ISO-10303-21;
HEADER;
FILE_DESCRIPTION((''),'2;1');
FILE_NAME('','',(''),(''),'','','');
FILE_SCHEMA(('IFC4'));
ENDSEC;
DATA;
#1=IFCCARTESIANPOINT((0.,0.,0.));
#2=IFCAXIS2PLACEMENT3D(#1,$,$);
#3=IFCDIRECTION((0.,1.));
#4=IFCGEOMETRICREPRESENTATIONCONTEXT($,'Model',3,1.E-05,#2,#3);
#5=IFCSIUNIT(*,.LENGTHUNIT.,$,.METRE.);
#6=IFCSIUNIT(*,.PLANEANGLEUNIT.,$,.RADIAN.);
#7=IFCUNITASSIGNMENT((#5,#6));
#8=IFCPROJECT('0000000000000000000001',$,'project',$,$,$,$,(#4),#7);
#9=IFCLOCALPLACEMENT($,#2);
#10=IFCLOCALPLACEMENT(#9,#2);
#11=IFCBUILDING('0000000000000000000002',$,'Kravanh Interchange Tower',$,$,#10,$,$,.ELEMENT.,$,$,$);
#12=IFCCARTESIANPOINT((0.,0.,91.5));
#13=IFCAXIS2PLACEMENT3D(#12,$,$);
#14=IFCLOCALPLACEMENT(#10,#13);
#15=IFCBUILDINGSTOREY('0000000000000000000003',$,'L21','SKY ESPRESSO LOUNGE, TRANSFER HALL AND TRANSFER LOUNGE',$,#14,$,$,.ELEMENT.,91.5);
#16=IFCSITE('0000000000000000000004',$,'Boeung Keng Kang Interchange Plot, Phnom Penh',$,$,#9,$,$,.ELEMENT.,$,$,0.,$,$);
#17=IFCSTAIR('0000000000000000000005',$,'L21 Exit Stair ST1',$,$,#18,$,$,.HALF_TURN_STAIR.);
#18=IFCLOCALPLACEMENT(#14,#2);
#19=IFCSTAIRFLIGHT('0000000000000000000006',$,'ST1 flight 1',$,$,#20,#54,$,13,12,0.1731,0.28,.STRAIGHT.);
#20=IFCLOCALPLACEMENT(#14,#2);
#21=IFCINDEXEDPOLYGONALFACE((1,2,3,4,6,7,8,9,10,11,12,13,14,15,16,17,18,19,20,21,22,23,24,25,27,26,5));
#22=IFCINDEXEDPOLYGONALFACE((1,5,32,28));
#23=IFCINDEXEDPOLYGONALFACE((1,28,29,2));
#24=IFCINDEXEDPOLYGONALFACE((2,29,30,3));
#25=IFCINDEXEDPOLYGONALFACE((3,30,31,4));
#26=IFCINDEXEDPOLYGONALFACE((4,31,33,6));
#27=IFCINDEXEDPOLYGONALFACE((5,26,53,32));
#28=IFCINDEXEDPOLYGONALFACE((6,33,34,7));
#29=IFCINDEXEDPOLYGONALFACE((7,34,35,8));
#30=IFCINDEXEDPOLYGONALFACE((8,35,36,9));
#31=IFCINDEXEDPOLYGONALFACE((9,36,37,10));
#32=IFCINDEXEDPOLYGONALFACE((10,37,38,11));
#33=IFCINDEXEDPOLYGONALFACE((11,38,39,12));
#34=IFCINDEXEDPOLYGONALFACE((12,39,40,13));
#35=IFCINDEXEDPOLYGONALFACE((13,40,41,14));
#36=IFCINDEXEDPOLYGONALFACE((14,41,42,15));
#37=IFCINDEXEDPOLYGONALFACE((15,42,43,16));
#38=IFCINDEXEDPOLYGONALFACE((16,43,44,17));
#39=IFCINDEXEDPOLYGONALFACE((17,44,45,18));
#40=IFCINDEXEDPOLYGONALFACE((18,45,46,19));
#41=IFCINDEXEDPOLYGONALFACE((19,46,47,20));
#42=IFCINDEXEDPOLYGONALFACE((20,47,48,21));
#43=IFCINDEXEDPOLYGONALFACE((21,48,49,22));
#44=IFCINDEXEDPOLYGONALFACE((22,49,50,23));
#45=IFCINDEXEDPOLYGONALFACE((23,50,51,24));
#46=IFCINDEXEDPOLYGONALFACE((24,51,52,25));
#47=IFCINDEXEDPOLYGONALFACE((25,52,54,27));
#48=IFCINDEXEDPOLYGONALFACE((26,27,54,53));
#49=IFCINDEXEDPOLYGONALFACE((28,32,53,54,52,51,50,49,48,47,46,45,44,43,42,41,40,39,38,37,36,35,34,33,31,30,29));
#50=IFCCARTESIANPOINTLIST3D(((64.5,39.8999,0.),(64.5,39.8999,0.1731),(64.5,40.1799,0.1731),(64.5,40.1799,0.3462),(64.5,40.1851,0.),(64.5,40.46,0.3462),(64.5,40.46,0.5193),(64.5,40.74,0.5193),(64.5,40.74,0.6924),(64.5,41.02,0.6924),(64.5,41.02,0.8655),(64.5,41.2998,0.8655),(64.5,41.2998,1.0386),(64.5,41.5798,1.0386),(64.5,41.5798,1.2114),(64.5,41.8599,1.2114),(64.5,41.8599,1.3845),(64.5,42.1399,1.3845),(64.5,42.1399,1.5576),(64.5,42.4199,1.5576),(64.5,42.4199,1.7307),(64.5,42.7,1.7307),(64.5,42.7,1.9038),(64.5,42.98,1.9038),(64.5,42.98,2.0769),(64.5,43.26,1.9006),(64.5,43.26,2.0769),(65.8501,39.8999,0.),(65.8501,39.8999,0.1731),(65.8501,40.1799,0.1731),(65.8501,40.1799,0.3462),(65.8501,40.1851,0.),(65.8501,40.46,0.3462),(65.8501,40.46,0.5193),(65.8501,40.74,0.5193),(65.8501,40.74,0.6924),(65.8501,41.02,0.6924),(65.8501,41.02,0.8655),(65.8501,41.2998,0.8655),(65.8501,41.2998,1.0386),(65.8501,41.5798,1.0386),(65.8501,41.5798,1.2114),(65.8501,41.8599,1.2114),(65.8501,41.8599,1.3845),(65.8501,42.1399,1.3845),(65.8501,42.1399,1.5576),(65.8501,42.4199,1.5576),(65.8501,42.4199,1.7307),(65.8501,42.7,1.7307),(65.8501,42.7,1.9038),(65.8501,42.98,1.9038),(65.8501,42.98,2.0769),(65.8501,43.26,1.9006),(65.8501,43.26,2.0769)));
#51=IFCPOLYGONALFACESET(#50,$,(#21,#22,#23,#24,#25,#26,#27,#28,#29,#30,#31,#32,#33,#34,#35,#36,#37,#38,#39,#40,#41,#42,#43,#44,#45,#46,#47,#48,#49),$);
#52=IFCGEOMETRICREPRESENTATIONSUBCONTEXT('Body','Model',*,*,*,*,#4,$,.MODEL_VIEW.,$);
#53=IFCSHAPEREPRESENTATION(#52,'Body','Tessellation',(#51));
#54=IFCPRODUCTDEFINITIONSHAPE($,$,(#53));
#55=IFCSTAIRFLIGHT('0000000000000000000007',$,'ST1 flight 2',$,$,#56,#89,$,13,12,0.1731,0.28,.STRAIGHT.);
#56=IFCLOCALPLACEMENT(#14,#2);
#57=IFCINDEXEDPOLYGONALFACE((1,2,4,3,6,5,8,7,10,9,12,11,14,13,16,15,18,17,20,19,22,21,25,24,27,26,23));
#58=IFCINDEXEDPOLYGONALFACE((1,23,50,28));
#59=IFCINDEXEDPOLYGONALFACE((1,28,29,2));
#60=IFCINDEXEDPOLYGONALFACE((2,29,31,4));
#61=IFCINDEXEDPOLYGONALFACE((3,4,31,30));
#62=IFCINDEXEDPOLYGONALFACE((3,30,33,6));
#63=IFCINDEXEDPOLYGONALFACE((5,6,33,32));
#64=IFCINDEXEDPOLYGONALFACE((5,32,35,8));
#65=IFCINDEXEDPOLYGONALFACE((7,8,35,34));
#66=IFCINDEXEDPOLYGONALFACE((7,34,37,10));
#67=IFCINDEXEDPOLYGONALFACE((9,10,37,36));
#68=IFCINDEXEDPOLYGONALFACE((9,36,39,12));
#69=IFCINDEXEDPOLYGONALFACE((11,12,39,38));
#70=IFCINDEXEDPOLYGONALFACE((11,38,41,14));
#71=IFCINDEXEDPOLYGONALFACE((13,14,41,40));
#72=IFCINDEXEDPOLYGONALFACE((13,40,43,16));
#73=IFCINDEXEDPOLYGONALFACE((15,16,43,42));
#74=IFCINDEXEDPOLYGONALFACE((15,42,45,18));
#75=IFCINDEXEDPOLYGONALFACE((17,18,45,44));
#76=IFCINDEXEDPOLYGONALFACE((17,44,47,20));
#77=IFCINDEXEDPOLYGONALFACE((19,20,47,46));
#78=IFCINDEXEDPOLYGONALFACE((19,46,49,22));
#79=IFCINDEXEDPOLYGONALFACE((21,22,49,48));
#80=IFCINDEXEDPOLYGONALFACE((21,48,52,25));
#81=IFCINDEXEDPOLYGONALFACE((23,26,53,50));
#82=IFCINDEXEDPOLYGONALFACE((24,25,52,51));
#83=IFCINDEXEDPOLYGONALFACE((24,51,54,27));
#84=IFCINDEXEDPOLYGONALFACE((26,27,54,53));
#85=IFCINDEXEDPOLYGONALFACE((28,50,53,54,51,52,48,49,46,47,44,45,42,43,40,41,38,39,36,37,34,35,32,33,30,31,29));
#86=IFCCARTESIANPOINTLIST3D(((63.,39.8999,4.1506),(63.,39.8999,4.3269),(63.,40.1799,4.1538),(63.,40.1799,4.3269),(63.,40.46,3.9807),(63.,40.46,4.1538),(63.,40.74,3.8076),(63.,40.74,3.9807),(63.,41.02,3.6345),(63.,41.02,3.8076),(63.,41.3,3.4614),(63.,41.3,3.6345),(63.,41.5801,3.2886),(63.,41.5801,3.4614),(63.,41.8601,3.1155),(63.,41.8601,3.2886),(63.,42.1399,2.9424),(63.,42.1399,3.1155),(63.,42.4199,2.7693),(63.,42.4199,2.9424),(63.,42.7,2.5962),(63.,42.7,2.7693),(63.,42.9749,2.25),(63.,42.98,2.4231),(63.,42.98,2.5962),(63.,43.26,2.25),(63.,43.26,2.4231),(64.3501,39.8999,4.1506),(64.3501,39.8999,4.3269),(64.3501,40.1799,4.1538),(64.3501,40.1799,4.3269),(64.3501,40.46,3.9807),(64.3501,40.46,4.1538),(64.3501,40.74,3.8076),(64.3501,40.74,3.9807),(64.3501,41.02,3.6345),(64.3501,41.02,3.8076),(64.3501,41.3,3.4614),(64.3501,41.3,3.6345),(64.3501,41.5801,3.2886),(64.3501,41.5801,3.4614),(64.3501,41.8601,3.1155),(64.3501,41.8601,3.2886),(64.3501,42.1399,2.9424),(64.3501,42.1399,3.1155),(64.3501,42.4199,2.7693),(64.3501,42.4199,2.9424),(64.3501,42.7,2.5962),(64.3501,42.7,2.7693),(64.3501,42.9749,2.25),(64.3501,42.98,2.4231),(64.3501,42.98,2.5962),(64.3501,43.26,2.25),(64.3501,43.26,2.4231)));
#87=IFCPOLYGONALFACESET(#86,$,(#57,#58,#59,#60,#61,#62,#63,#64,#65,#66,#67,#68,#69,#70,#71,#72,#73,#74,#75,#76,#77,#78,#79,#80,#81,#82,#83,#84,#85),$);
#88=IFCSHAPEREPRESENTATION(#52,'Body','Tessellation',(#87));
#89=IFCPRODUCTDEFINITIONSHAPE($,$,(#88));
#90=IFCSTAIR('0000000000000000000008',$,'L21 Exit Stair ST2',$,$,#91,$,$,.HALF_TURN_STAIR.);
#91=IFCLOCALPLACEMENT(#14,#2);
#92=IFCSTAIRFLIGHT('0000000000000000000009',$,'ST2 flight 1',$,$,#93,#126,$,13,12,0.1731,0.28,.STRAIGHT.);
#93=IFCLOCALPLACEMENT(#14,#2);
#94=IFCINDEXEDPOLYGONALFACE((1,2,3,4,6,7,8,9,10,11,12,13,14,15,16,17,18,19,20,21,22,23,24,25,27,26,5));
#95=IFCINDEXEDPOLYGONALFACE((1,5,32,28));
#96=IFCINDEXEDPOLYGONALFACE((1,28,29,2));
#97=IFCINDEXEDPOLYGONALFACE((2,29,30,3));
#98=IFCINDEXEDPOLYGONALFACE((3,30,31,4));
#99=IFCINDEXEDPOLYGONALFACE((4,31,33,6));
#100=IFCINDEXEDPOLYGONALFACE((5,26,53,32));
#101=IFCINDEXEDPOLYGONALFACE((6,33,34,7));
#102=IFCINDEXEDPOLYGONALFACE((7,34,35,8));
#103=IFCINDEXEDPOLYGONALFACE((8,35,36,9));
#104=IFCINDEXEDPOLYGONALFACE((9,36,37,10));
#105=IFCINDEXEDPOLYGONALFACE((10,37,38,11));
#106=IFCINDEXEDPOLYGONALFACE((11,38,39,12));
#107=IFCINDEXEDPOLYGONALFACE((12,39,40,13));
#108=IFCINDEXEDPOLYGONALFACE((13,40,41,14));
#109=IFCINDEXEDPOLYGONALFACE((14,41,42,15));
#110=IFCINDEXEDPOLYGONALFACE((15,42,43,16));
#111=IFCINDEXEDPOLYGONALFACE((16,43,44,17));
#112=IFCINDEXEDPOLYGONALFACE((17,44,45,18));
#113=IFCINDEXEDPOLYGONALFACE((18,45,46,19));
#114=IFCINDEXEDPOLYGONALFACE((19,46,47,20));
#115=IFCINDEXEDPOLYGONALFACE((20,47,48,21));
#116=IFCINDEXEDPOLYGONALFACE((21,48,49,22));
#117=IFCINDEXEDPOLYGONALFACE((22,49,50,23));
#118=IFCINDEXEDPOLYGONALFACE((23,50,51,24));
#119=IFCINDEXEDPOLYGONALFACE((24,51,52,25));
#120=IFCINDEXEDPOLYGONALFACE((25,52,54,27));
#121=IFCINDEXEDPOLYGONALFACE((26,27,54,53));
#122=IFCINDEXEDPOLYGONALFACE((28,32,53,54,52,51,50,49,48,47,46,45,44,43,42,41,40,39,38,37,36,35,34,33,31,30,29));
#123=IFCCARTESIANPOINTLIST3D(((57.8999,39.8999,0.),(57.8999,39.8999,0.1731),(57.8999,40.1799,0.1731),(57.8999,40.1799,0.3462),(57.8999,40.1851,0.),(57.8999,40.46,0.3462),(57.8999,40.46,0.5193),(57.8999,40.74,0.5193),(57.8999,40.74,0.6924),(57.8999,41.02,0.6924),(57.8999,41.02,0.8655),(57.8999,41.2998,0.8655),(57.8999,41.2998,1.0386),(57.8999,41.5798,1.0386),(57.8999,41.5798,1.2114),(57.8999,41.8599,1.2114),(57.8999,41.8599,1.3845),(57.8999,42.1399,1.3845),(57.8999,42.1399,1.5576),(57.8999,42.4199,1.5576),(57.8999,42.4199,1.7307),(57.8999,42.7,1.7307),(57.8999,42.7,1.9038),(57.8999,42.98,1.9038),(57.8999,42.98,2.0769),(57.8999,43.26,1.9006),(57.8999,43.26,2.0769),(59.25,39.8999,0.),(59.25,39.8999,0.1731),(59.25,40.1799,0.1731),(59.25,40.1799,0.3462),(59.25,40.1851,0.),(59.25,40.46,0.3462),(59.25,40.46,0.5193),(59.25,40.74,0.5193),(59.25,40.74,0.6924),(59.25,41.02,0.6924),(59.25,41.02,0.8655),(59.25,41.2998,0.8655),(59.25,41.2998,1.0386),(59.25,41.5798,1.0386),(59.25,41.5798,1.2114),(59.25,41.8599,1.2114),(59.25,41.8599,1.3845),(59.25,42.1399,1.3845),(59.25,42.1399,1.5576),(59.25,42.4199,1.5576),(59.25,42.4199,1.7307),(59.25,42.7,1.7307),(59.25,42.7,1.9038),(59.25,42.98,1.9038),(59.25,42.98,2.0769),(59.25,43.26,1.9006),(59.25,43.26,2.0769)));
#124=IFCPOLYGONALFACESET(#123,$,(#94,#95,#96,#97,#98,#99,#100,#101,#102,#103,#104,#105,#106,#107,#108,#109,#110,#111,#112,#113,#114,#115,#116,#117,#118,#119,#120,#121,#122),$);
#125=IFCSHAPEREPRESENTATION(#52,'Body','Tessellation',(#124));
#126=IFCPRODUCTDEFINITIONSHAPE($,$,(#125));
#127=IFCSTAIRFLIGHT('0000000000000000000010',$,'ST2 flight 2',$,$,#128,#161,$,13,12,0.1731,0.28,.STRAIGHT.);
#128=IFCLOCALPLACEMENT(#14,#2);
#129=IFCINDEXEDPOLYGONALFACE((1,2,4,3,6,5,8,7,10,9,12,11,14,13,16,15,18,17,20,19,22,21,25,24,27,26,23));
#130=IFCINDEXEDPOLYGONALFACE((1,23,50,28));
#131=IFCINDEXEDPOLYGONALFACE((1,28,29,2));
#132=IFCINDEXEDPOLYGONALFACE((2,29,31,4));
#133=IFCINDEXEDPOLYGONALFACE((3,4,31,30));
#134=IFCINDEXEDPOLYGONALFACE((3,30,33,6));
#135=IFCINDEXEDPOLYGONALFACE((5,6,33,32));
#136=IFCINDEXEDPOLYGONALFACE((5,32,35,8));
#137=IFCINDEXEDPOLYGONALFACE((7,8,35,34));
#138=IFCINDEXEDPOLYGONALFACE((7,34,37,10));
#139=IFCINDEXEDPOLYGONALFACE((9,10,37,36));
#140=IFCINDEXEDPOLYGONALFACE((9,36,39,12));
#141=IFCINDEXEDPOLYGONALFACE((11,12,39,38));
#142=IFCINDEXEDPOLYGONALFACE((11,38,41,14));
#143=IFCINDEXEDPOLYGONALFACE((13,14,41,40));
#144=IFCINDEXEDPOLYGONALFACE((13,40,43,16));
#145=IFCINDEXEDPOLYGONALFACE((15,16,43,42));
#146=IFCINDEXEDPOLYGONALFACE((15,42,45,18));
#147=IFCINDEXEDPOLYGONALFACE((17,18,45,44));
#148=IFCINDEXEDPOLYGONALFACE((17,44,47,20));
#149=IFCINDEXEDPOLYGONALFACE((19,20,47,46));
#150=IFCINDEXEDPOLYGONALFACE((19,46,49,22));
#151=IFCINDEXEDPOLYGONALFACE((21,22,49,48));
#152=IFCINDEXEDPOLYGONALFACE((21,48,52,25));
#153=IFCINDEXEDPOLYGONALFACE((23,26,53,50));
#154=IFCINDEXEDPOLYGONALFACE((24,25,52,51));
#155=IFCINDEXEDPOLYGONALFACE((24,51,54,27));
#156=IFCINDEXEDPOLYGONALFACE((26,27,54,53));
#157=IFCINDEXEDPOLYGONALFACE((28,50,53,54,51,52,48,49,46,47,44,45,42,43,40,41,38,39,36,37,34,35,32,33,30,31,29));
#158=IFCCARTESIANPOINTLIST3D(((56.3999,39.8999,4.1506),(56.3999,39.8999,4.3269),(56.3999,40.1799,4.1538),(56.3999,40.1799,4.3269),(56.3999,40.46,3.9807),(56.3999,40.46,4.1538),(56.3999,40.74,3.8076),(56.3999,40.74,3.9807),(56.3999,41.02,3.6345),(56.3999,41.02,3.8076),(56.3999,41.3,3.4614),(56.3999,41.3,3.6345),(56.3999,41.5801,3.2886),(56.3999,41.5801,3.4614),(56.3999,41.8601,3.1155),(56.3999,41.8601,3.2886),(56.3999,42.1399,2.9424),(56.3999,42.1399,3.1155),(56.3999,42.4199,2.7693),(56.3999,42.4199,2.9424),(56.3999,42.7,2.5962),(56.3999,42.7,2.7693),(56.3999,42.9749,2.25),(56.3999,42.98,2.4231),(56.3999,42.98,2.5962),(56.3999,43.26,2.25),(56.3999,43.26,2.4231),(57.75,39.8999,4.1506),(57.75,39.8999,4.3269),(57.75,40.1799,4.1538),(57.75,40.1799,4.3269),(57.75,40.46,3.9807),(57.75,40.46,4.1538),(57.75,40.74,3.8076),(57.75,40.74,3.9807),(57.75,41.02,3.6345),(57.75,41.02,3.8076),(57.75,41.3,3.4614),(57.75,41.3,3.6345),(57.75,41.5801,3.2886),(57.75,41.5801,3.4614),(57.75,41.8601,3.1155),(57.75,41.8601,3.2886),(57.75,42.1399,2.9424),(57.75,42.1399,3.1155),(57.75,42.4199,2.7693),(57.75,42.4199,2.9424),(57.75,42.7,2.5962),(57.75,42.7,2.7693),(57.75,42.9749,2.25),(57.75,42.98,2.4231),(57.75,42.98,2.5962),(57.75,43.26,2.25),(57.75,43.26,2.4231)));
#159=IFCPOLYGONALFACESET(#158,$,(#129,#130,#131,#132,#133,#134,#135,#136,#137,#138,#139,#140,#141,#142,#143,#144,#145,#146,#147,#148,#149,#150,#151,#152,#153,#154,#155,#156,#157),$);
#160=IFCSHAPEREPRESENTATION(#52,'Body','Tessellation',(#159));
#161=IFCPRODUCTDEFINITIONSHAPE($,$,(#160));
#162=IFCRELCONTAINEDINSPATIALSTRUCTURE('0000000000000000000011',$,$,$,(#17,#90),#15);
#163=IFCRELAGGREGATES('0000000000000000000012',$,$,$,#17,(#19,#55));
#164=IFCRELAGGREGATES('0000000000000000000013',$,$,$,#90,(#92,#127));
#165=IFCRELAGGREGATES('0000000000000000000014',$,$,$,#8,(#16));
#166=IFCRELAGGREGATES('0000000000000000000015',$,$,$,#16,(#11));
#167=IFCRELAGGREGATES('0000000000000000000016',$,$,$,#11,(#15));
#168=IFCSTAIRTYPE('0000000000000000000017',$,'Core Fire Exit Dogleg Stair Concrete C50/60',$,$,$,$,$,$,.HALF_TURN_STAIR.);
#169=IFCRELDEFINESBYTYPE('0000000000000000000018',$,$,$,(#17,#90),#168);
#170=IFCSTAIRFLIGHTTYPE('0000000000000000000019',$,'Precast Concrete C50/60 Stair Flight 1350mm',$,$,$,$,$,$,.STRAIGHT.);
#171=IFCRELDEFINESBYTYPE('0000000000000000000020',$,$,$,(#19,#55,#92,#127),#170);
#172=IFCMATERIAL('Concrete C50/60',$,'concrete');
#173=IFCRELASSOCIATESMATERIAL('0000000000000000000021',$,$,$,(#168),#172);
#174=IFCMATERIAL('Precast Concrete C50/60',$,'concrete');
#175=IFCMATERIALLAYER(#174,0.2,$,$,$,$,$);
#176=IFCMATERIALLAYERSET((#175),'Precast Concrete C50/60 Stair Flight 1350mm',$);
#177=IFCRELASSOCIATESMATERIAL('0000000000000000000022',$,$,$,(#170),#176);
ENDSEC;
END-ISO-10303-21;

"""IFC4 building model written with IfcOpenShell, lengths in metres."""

from ifc_helpers import new_model, si_unit, direction, frame, origin, place, context, subcontext, project, spatial, polyline, outline, extrude, material, layer, layer_set, type_object, element, aggregate, save


model = new_model("IFC4")

# Units and contexts
model_context = context("Model", 3, precision=1e-05, world=origin(), true_north=direction((0.0, 1.0)))
body_context = subcontext(model_context, "Body", "Model", "MODEL_VIEW")
ifc_project = project(units=[si_unit("LENGTHUNIT", "METRE"), si_unit("PLANEANGLEUNIT", "RADIAN")], contexts=[model_context])

# Site, building, storey
site_placement = place(None, origin())
site = spatial("IfcSite", under=ifc_project, at=site_placement, Name="Boeung Keng Kang Interchange Plot, Phnom Penh", CompositionType="ELEMENT", RefElevation=0.0)
building_placement = place(site_placement, origin())
building = spatial("IfcBuilding", under=site, at=building_placement, Name="Kravanh Interchange Tower", CompositionType="ELEMENT")
storey_placement = place(building_placement, frame((0.0, 0.0, 91.5)))
storey = spatial("IfcBuildingStorey", under=building, at=storey_placement, Name="L21", Description="SKY ESPRESSO LOUNGE, TRANSFER HALL AND TRANSFER LOUNGE", CompositionType="ELEMENT", Elevation=91.5)

# Stairs, stair flights
ifc_material_1 = material(Name="Concrete C50/60", Category="concrete")
stair_type = type_object("IfcStairType", Name="Core Fire Exit Dogleg Stair Concrete C50/60", PredefinedType="HALF_TURN_STAIR", material=ifc_material_1)
stair_1_placement = place(storey_placement, origin())
stair_1 = element("IfcStair", 1, at=stair_1_placement, inside=storey, type_object=stair_type, Name="L21 Exit Stair ST1", PredefinedType="HALF_TURN_STAIR")
ifc_material_2 = material(Name="Precast Concrete C50/60", Category="concrete")
ifc_layer_1 = layer(ifc_material_2, 0.2)
ifc_layer_set_1 = layer_set([ifc_layer_1], Name="Precast Concrete C50/60 Stair Flight 1350mm")
stair_flight_type = type_object("IfcStairFlightType", Name="Precast Concrete C50/60 Stair Flight 1350mm", PredefinedType="STRAIGHT", material=ifc_layer_set_1)
stair_flight_1_placement = place(storey_placement, frame((65.175, 39.8999, 0.0), z_axis=(0.0, 0.0, 1.0), x_axis=(0.0, 1.0, 0.0)))
stair_flight_1 = element("IfcStairFlight", 2, at=stair_flight_1_placement, type_object=stair_flight_type, Name="ST1 flight 1", NumberOfRisers=13, NumberOfTreads=12, PredefinedType="STRAIGHT", RiserHeight=0.1731, TreadLength=0.28, context=body_context, shape_type="SweptSolid", body=[
    extrude(outline(polyline([(0.0, 0.0), (0.0, 0.1731), (0.28, 0.1731), (0.28, 0.3462), (0.5601, 0.3462), (0.5601, 0.5193), (0.8401, 0.5193), (0.8401, 0.6924), (1.1201, 0.6924), (1.1201, 0.8655), (1.3999, 0.8655), (1.3999, 1.0386), (1.6799, 1.0386), (1.6799, 1.2114), (1.96, 1.2114), (1.96, 1.3845), (2.24, 1.3845), (2.24, 1.5576), (2.52, 1.5576), (2.52, 1.7307), (2.8, 1.7307), (2.8, 1.9038), (3.0801, 1.9038), (3.0801, 2.0769), (3.3601, 2.0769), (3.3601, 2.25), (3.3601, 1.9006), (0.2852, 0.0), (0.0, 0.0)])), frame((0.0, 0.675, 0.0), z_axis=(0.0, -1.0, 0.0), x_axis=(1.0, 0.0, 0.0)), (0.0, 0.0, 1.0), 1.3501),
])
stair_flight_2_placement = place(storey_placement, frame((63.675, 43.26, 2.25), z_axis=(0.0, 0.0, 1.0), x_axis=(0.0, -1.0, 0.0)))
stair_flight_2 = element("IfcStairFlight", 3, at=stair_flight_2_placement, type_object=stair_flight_type, Name="ST1 flight 2", NumberOfRisers=13, NumberOfTreads=12, PredefinedType="STRAIGHT", RiserHeight=0.1731, TreadLength=0.28, context=body_context, shape_type="SweptSolid", body=[
    extrude(outline(polyline([(0.0, 0.0), (0.0, 0.1731), (0.28, 0.1731), (0.28, 0.3462), (0.5601, 0.3462), (0.5601, 0.5193), (0.8401, 0.5193), (0.8401, 0.6924), (1.1201, 0.6924), (1.1201, 0.8655), (1.3999, 0.8655), (1.3999, 1.0386), (1.6799, 1.0386), (1.6799, 1.2114), (1.96, 1.2114), (1.96, 1.3845), (2.24, 1.3845), (2.24, 1.5576), (2.52, 1.5576), (2.52, 1.7307), (2.8, 1.7307), (2.8, 1.9038), (3.0801, 1.9038), (3.0801, 2.0769), (3.3601, 2.0769), (3.3601, 2.25), (3.3601, 1.9006), (0.2852, 0.0), (0.0, 0.0)])), frame((0.0, 0.675, 0.0), z_axis=(0.0, -1.0, 0.0), x_axis=(1.0, 0.0, 0.0)), (0.0, 0.0, 1.0), 1.3501),
])
aggregate(stair_1, [stair_flight_1, stair_flight_2])
stair_2_placement = place(storey_placement, origin())
stair_2 = element("IfcStair", 4, at=stair_2_placement, inside=storey, type_object=stair_type, Name="L21 Exit Stair ST2", PredefinedType="HALF_TURN_STAIR")
stair_flight_3_placement = place(storey_placement, frame((58.575, 39.8999, 0.0), z_axis=(0.0, 0.0, 1.0), x_axis=(0.0, 1.0, 0.0)))
stair_flight_3 = element("IfcStairFlight", 5, at=stair_flight_3_placement, type_object=stair_flight_type, Name="ST2 flight 1", NumberOfRisers=13, NumberOfTreads=12, PredefinedType="STRAIGHT", RiserHeight=0.1731, TreadLength=0.28, context=body_context, shape_type="SweptSolid", body=[
    extrude(outline(polyline([(0.0, 0.0), (0.0, 0.1731), (0.28, 0.1731), (0.28, 0.3462), (0.5601, 0.3462), (0.5601, 0.5193), (0.8401, 0.5193), (0.8401, 0.6924), (1.1201, 0.6924), (1.1201, 0.8655), (1.3999, 0.8655), (1.3999, 1.0386), (1.6799, 1.0386), (1.6799, 1.2114), (1.96, 1.2114), (1.96, 1.3845), (2.24, 1.3845), (2.24, 1.5576), (2.52, 1.5576), (2.52, 1.7307), (2.8, 1.7307), (2.8, 1.9038), (3.0801, 1.9038), (3.0801, 2.0769), (3.3601, 2.0769), (3.3601, 2.25), (3.3601, 1.9006), (0.2852, 0.0), (0.0, 0.0)])), frame((0.0, 0.675, 0.0), z_axis=(0.0, -1.0, 0.0), x_axis=(1.0, 0.0, 0.0)), (0.0, 0.0, 1.0), 1.3501),
])
stair_flight_4_placement = place(storey_placement, frame((57.075, 43.26, 2.25), z_axis=(0.0, 0.0, 1.0), x_axis=(0.0, -1.0, 0.0)))
stair_flight_4 = element("IfcStairFlight", 6, at=stair_flight_4_placement, type_object=stair_flight_type, Name="ST2 flight 2", NumberOfRisers=13, NumberOfTreads=12, PredefinedType="STRAIGHT", RiserHeight=0.1731, TreadLength=0.28, context=body_context, shape_type="SweptSolid", body=[
    extrude(outline(polyline([(0.0, 0.0), (0.0, 0.1731), (0.28, 0.1731), (0.28, 0.3462), (0.5601, 0.3462), (0.5601, 0.5193), (0.8401, 0.5193), (0.8401, 0.6924), (1.1201, 0.6924), (1.1201, 0.8655), (1.3999, 0.8655), (1.3999, 1.0386), (1.6799, 1.0386), (1.6799, 1.2114), (1.96, 1.2114), (1.96, 1.3845), (2.24, 1.3845), (2.24, 1.5576), (2.52, 1.5576), (2.52, 1.7307), (2.8, 1.7307), (2.8, 1.9038), (3.0801, 1.9038), (3.0801, 2.0769), (3.3601, 2.0769), (3.3601, 2.25), (3.3601, 1.9006), (0.2852, 0.0), (0.0, 0.0)])), frame((0.0, 0.675, 0.0), z_axis=(0.0, -1.0, 0.0), x_axis=(1.0, 0.0, 0.0)), (0.0, 0.0, 1.0), 1.3501),
])
aggregate(stair_2, [stair_flight_3, stair_flight_4])

save(model, "model.ifc")
